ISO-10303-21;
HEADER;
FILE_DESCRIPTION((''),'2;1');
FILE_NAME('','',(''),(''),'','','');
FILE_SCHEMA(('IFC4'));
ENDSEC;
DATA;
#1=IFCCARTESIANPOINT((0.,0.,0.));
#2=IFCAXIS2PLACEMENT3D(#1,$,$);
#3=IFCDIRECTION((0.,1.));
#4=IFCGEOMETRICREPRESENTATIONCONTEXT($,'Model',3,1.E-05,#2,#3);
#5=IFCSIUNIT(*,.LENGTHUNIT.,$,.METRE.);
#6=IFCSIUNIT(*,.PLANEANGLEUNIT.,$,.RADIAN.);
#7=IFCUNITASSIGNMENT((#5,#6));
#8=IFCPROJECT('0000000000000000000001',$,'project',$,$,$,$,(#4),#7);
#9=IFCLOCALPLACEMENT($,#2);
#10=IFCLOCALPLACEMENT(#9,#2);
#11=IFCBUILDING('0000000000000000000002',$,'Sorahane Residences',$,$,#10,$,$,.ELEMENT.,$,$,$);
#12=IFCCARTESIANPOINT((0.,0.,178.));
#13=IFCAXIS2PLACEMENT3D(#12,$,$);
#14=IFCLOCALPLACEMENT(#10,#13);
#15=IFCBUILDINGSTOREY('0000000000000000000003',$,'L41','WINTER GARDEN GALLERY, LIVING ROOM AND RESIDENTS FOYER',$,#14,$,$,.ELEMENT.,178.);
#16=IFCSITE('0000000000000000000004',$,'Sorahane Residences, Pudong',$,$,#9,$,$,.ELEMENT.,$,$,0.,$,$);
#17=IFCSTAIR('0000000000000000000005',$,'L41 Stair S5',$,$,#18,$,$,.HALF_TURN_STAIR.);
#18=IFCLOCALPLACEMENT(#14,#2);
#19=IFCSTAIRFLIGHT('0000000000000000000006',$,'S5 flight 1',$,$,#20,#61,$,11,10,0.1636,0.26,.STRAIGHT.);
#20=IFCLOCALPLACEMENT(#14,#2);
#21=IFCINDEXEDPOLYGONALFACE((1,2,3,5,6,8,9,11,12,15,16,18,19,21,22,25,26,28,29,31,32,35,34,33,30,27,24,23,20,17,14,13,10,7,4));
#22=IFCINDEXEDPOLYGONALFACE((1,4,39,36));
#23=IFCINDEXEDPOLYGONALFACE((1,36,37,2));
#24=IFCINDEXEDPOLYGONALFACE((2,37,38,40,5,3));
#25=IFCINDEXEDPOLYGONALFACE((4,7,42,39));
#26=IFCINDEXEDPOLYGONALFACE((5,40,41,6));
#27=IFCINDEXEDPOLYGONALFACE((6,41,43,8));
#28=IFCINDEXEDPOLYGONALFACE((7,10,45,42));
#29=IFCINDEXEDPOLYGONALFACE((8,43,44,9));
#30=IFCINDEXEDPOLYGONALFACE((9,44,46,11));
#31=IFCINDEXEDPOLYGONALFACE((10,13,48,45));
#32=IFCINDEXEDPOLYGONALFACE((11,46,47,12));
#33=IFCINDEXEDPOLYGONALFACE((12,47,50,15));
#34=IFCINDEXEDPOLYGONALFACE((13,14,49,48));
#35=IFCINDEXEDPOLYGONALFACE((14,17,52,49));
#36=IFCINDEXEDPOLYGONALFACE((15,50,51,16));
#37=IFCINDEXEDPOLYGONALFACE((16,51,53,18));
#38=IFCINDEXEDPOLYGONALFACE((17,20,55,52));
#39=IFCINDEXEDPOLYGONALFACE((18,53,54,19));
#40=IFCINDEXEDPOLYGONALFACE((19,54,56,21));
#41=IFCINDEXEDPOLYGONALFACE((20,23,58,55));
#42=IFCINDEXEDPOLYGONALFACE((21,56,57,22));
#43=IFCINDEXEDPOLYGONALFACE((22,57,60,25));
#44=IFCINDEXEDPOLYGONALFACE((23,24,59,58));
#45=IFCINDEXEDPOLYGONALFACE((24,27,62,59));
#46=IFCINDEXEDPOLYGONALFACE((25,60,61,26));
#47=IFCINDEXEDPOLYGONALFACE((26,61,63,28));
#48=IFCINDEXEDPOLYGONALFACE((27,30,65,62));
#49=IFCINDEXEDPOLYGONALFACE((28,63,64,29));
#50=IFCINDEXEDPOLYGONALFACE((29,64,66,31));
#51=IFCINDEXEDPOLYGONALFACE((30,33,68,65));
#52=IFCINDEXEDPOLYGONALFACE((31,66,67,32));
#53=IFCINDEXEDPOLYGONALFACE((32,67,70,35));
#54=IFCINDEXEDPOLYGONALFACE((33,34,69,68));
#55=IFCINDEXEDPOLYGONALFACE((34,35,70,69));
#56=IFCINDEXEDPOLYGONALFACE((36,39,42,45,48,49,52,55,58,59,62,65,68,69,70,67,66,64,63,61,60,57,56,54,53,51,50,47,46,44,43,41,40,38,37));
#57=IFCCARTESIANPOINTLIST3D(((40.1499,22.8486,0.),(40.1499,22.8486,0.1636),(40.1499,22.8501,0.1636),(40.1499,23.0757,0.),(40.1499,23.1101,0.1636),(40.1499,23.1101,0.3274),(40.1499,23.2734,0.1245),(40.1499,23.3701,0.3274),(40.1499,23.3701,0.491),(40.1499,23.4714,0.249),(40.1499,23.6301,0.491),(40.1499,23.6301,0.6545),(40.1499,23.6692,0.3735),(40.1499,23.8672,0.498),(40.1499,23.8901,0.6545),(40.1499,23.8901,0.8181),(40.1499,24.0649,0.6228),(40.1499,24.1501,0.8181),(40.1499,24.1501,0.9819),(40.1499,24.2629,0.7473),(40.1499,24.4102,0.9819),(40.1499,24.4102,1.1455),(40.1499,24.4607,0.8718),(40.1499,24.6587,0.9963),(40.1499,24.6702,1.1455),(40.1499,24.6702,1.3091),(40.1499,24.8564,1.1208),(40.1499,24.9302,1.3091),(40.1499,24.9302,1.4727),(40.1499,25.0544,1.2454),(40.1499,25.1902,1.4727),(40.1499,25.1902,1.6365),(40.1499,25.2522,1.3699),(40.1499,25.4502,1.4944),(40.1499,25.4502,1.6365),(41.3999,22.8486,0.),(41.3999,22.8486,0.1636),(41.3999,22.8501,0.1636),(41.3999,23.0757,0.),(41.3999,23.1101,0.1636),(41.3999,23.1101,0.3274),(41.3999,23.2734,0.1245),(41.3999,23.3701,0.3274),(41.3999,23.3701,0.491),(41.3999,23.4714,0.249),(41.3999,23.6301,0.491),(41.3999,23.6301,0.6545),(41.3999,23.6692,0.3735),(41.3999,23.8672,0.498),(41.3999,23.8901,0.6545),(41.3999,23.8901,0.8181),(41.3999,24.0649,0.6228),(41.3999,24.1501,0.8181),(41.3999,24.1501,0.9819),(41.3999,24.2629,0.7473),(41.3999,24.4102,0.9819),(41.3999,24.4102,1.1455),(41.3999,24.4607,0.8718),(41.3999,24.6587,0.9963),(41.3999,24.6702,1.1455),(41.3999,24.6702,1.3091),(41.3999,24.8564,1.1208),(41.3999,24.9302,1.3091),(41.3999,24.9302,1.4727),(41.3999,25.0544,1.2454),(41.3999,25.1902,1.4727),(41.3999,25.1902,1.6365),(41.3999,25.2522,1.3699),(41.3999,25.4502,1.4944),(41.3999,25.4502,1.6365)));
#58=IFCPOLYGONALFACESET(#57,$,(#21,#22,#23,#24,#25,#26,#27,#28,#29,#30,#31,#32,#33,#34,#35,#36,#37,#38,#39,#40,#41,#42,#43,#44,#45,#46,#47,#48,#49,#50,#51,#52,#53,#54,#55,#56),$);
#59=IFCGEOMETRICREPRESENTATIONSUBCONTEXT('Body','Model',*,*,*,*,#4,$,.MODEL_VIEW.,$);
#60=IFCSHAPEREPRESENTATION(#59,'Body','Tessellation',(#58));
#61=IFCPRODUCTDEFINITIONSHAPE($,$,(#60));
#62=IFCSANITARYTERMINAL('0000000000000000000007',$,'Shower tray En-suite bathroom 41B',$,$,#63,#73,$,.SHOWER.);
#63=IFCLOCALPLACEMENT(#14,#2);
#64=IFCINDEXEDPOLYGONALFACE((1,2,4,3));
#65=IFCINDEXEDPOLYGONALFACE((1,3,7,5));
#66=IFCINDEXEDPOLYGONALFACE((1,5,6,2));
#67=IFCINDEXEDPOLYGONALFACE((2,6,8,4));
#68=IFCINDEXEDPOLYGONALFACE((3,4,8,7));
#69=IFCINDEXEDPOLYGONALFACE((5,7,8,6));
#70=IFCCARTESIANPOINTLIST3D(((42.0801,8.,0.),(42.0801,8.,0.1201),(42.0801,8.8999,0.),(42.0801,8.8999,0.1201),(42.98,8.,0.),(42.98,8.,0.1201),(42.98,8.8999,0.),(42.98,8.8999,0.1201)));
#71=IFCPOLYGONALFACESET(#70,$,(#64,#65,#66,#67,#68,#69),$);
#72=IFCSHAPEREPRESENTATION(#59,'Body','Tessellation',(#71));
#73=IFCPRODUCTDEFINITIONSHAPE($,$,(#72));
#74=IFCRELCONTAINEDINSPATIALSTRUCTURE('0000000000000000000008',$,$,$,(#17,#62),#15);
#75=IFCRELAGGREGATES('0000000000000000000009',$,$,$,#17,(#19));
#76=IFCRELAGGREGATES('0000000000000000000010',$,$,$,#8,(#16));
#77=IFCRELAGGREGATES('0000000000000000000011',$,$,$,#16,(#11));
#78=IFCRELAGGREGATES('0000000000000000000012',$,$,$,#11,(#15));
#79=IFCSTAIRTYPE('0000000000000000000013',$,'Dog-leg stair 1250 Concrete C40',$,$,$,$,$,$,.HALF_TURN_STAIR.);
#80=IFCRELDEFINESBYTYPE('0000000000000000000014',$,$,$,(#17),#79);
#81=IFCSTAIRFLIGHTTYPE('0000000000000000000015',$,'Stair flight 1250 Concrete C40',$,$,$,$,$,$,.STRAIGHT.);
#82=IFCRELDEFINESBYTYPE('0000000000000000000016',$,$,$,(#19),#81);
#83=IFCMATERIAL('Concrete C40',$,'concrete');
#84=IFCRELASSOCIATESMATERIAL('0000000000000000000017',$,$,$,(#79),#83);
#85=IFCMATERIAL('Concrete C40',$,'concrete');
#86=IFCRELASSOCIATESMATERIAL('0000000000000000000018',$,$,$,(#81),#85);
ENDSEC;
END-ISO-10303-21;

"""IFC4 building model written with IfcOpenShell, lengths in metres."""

from ifc_helpers import new_model, si_unit, direction, frame, origin, origin_2d, place, context, subcontext, project, spatial, polyline, rectangle, outline, extrude, material, type_object, element, aggregate, save


model = new_model("IFC4")

# Units and contexts
model_context = context("Model", 3, precision=1e-05, world=origin(), true_north=direction((0.0, 1.0)))
body_context = subcontext(model_context, "Body", "Model", "MODEL_VIEW")
ifc_project = project(units=[si_unit("LENGTHUNIT", "METRE"), si_unit("PLANEANGLEUNIT", "RADIAN")], contexts=[model_context])

# Site, building, storey
site_placement = place(None, origin())
site = spatial("IfcSite", under=ifc_project, at=site_placement, Name="Sorahane Residences, Pudong", CompositionType="ELEMENT", RefElevation=0.0)
building_placement = place(site_placement, origin())
building = spatial("IfcBuilding", under=site, at=building_placement, Name="Sorahane Residences", CompositionType="ELEMENT")
storey_placement = place(building_placement, frame((0.0, 0.0, 178.0)))
storey = spatial("IfcBuildingStorey", under=building, at=storey_placement, Name="L41", Description="WINTER GARDEN GALLERY, LIVING ROOM AND RESIDENTS FOYER", CompositionType="ELEMENT", Elevation=178.0)

# Stair, stair flight
ifc_material_1 = material(Name="Concrete C40", Category="concrete")
stair_type = type_object("IfcStairType", Name="Dog-leg stair 1250 Concrete C40", PredefinedType="HALF_TURN_STAIR", material=ifc_material_1)
stair_placement = place(storey_placement, origin())
stair = element("IfcStair", 1, at=stair_placement, inside=storey, type_object=stair_type, Name="L41 Stair S5", PredefinedType="HALF_TURN_STAIR")
ifc_material_2 = material(Name="Concrete C40", Category="concrete")
stair_flight_type = type_object("IfcStairFlightType", Name="Stair flight 1250 Concrete C40", PredefinedType="STRAIGHT", material=ifc_material_2)
stair_flight_placement = place(storey_placement, frame((40.7749, 22.8501, 0.0), z_axis=(0.0, 0.0, 1.0), x_axis=(0.0, 1.0, 0.0)))
stair_flight = element("IfcStairFlight", 2, at=stair_flight_placement, type_object=stair_flight_type, Name="S5 flight 1", NumberOfRisers=11, NumberOfTreads=10, PredefinedType="STRAIGHT", RiserHeight=0.1636, TreadLength=0.26, context=body_context, shape_type="SweptSolid", body=[
    extrude(outline(polyline([(-0.0015, 0.0), (-0.0015, 0.1636), (0.0, 0.1636), (0.26, 0.1636), (0.26, 0.3274), (0.52, 0.3274), (0.52, 0.491), (0.78, 0.491), (0.78, 0.6545), (1.04, 0.6545), (1.04, 0.8181), (1.3, 0.8181), (1.3, 0.9819), (1.5601, 0.9819), (1.5601, 1.1455), (1.8201, 1.1455), (1.8201, 1.3091), (2.0801, 1.3091), (2.0801, 1.4727), (2.3401, 1.4727), (2.3401, 1.6365), (2.6001, 1.6365), (2.6001, 1.8), (2.6001, 1.4944), (2.4021, 1.3699), (2.2043, 1.2454), (2.0063, 1.1208), (1.8086, 0.9963), (1.6106, 0.8718), (1.4128, 0.7473), (1.2148, 0.6228), (1.0171, 0.498), (0.8191, 0.3735), (0.6213, 0.249), (0.4233, 0.1245), (0.2256, 0.0), (-0.0015, 0.0)])), frame((0.0, 0.625, 0.0), z_axis=(0.0, -1.0, 0.0), x_axis=(1.0, 0.0, 0.0)), (0.0, 0.0, 1.0), 1.25),
])
aggregate(stair, [stair_flight])

# Sanitary terminal
sanitary_terminal_placement = place(storey_placement, frame((42.53, 8.45, 0.0), z_axis=(0.0, 0.0, 1.0), x_axis=(1.0, 0.0, 0.0)))
element("IfcSanitaryTerminal", 3, at=sanitary_terminal_placement, inside=storey, Name="Shower tray En-suite bathroom 41B", PredefinedType="SHOWER", context=body_context, shape_type="SweptSolid", body=[
    extrude(rectangle(XDim=0.8999, YDim=0.8999, at=origin_2d()), origin(), (0.0, 0.0, 1.0), 0.1201),
])

save(model, "model.ifc")
